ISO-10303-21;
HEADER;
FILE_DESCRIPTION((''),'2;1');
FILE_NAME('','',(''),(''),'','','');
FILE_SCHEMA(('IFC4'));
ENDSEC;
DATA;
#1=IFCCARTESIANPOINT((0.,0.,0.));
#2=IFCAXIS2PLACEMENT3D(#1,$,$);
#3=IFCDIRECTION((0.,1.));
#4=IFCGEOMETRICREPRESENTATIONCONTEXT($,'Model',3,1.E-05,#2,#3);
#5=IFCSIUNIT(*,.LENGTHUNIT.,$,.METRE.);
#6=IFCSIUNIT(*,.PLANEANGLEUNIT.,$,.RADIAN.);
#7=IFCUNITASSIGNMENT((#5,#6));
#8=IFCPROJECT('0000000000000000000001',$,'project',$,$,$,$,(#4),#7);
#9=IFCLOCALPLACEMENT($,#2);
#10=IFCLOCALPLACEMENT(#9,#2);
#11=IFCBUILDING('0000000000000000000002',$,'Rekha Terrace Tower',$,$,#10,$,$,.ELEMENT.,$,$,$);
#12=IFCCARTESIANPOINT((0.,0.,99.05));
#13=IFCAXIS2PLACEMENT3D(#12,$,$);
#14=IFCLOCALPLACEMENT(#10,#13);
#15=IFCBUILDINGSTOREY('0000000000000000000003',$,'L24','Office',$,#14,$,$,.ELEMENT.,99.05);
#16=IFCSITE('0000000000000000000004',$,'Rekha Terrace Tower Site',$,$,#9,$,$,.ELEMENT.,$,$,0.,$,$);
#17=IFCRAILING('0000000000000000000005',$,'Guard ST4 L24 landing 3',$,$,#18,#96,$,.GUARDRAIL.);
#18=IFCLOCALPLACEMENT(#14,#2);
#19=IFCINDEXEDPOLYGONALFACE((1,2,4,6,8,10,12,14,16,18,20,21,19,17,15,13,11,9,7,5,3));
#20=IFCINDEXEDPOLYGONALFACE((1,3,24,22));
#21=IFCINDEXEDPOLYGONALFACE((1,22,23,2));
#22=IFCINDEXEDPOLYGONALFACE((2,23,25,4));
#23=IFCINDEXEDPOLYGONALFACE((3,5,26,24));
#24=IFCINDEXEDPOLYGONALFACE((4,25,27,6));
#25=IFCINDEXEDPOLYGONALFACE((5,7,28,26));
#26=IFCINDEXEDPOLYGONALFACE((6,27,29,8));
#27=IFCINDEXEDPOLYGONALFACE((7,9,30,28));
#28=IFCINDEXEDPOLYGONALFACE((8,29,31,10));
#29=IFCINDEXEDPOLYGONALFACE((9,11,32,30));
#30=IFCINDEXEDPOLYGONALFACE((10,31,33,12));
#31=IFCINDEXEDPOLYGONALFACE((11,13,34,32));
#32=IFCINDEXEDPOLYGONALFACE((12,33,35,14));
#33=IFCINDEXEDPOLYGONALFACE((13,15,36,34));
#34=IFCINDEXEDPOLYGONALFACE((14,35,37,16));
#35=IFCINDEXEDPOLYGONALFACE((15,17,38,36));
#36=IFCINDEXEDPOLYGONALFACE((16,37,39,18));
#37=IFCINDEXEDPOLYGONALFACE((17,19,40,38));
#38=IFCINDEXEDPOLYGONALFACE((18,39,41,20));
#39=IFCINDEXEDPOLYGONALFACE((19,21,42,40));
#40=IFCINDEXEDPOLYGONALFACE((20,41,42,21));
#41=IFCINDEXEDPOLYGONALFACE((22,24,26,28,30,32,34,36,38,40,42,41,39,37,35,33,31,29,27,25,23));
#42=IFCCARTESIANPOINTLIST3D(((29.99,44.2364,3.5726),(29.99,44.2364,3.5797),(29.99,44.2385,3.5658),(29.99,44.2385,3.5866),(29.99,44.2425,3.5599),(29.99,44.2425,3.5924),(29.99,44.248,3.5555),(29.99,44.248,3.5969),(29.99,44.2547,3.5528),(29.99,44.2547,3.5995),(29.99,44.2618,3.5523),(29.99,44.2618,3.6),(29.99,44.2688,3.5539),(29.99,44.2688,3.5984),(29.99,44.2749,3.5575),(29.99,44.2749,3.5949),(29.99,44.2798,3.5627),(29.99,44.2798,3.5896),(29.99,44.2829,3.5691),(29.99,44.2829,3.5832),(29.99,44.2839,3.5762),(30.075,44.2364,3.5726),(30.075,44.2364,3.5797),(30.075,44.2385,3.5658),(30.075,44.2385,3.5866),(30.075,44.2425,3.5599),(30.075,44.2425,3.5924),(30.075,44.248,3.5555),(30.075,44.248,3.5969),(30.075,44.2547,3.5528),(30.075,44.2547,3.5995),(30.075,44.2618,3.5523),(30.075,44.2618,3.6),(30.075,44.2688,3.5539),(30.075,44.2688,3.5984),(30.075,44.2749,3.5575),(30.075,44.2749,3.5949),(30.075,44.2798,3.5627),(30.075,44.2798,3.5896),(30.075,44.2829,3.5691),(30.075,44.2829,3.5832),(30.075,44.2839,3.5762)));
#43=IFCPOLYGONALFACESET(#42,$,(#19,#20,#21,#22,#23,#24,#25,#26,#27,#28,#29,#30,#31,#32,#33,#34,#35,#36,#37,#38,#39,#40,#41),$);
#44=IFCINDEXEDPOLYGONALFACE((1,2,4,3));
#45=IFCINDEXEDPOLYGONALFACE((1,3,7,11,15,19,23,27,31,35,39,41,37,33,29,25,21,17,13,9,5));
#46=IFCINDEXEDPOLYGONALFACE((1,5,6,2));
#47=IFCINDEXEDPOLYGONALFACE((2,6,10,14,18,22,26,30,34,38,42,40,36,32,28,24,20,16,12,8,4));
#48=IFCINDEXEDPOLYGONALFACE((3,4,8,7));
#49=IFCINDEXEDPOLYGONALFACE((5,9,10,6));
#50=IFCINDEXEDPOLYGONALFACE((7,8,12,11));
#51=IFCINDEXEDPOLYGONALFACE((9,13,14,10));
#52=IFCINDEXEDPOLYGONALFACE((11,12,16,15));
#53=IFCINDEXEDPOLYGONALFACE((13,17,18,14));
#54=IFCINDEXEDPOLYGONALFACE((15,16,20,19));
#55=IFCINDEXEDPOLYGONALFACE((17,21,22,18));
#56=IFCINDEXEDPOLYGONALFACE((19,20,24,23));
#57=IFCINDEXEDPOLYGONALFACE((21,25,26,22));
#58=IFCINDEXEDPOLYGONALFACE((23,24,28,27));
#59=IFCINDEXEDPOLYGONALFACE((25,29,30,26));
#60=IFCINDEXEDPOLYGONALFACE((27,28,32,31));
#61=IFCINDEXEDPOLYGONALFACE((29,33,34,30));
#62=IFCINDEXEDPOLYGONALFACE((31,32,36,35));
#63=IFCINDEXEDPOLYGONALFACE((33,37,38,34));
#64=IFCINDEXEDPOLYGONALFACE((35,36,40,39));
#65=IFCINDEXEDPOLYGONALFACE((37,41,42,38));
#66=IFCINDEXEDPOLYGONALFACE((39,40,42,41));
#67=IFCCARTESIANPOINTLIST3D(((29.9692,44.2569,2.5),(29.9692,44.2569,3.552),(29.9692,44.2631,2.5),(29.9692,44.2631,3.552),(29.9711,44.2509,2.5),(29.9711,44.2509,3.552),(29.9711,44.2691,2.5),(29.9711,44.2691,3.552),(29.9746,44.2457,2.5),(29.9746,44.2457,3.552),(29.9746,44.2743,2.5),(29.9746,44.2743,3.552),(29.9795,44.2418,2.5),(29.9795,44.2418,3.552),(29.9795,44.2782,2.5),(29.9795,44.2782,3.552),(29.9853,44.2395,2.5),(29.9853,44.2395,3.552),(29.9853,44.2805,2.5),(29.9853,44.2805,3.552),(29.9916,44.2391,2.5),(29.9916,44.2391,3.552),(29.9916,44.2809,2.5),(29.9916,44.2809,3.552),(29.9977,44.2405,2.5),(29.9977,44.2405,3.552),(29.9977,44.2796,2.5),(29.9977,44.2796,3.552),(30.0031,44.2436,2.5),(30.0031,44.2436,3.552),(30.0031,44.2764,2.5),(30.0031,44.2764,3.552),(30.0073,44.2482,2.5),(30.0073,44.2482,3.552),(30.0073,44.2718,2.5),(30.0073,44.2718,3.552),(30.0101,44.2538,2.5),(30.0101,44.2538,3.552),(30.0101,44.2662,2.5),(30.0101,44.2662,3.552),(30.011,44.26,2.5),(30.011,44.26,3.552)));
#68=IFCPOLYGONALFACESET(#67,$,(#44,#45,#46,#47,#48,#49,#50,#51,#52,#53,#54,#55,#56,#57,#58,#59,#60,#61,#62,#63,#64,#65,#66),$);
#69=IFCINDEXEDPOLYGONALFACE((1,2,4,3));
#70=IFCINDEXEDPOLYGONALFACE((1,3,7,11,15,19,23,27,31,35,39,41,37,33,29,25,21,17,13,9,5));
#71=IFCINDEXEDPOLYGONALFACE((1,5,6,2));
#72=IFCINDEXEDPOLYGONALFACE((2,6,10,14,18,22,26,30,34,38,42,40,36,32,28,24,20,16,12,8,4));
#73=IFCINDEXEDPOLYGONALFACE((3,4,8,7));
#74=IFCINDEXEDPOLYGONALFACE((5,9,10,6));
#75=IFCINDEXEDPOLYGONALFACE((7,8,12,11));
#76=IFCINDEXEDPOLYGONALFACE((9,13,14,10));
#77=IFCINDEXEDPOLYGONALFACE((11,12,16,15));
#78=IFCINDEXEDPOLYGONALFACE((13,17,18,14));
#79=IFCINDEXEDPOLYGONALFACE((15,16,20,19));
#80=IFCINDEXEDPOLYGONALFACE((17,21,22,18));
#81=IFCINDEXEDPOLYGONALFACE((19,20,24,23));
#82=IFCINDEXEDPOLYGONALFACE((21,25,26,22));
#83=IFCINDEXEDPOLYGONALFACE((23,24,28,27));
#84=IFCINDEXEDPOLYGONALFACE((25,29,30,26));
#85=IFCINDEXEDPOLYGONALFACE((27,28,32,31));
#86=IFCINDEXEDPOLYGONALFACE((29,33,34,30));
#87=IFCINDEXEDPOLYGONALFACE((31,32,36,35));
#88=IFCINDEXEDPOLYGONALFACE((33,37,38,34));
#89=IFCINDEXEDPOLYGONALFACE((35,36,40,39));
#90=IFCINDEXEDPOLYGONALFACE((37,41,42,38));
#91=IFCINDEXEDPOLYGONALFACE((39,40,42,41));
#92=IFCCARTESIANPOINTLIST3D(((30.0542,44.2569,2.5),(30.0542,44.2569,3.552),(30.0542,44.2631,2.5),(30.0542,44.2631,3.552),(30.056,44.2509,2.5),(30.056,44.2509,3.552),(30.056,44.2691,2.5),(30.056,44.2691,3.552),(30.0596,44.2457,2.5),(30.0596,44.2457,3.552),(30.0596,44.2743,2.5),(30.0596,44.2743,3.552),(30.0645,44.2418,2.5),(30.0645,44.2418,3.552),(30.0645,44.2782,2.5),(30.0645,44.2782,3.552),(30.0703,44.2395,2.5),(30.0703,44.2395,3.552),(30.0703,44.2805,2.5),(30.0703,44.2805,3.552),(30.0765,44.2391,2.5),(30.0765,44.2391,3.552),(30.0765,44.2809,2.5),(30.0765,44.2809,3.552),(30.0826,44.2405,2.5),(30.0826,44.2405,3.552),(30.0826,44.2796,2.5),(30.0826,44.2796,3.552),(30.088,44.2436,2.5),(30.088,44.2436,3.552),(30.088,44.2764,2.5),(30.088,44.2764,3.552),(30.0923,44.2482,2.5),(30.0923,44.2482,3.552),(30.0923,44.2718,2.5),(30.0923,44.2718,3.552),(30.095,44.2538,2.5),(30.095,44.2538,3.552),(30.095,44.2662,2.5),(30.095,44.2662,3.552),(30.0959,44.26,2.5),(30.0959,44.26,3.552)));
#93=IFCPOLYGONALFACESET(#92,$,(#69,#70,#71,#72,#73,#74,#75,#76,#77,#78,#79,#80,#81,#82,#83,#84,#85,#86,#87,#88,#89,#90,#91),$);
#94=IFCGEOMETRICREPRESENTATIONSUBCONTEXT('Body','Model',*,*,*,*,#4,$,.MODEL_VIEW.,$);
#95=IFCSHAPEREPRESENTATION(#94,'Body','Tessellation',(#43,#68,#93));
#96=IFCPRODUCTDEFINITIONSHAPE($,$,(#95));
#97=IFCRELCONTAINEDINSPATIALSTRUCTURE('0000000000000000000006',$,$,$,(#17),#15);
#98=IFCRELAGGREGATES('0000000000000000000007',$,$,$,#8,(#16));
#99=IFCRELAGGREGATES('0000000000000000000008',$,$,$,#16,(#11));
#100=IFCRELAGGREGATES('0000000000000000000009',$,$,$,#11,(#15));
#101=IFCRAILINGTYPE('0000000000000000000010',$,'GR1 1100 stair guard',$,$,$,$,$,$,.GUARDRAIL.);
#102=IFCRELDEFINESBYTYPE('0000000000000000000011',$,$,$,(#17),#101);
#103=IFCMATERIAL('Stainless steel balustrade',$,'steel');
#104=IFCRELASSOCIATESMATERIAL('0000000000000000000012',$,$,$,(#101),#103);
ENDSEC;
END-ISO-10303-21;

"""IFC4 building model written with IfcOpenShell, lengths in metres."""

from ifc_helpers import new_model, si_unit, direction, frame, origin, origin_2d, place, context, subcontext, project, spatial, circle, extrude, material, type_object, element, save


model = new_model("IFC4")

# Units and contexts
model_context = context("Model", 3, precision=1e-05, world=origin(), true_north=direction((0.0, 1.0)))
body_context = subcontext(model_context, "Body", "Model", "MODEL_VIEW")
ifc_project = project(units=[si_unit("LENGTHUNIT", "METRE"), si_unit("PLANEANGLEUNIT", "RADIAN")], contexts=[model_context])

# Site, building, storey
site_placement = place(None, origin())
site = spatial("IfcSite", under=ifc_project, at=site_placement, Name="Rekha Terrace Tower Site", CompositionType="ELEMENT", RefElevation=0.0)
building_placement = place(site_placement, origin())
building = spatial("IfcBuilding", under=site, at=building_placement, Name="Rekha Terrace Tower", CompositionType="ELEMENT")
storey_placement = place(building_placement, frame((0.0, 0.0, 99.05)))
storey = spatial("IfcBuildingStorey", under=building, at=storey_placement, Name="L24", Description="Office", CompositionType="ELEMENT", Elevation=99.05)

# Railing
ifc_material_1 = material(Name="Stainless steel balustrade", Category="steel")
railing_type_1 = type_object("IfcRailingType", Name="GR1 1100 stair guard", PredefinedType="GUARDRAIL", material=ifc_material_1)
railing_1_placement = place(storey_placement, frame((29.99, 44.26, 2.5)))
element("IfcRailing", 1, at=railing_1_placement, inside=storey, type_object=railing_type_1, Name="Guard ST4 L24 landing 3", PredefinedType="GUARDRAIL", context=body_context, shape_type="SweptSolid", body=[
    extrude(circle(Radius=0.0239, at=origin_2d()), frame((0.0, 0.0, 1.0762), z_axis=(1.0, 0.0, 0.0), x_axis=(0.0, 1.0, 0.0)), (0.0, 0.0, 1.0), 0.085),
    extrude(circle(Radius=0.021, at=origin_2d()), origin(), (0.0, 0.0, 1.0), 1.052),
    extrude(circle(Radius=0.021, at=origin_2d()), frame((0.085, 0.0, 0.0)), (0.0, 0.0, 1.0), 1.052),
])

save(model, "model.ifc")
